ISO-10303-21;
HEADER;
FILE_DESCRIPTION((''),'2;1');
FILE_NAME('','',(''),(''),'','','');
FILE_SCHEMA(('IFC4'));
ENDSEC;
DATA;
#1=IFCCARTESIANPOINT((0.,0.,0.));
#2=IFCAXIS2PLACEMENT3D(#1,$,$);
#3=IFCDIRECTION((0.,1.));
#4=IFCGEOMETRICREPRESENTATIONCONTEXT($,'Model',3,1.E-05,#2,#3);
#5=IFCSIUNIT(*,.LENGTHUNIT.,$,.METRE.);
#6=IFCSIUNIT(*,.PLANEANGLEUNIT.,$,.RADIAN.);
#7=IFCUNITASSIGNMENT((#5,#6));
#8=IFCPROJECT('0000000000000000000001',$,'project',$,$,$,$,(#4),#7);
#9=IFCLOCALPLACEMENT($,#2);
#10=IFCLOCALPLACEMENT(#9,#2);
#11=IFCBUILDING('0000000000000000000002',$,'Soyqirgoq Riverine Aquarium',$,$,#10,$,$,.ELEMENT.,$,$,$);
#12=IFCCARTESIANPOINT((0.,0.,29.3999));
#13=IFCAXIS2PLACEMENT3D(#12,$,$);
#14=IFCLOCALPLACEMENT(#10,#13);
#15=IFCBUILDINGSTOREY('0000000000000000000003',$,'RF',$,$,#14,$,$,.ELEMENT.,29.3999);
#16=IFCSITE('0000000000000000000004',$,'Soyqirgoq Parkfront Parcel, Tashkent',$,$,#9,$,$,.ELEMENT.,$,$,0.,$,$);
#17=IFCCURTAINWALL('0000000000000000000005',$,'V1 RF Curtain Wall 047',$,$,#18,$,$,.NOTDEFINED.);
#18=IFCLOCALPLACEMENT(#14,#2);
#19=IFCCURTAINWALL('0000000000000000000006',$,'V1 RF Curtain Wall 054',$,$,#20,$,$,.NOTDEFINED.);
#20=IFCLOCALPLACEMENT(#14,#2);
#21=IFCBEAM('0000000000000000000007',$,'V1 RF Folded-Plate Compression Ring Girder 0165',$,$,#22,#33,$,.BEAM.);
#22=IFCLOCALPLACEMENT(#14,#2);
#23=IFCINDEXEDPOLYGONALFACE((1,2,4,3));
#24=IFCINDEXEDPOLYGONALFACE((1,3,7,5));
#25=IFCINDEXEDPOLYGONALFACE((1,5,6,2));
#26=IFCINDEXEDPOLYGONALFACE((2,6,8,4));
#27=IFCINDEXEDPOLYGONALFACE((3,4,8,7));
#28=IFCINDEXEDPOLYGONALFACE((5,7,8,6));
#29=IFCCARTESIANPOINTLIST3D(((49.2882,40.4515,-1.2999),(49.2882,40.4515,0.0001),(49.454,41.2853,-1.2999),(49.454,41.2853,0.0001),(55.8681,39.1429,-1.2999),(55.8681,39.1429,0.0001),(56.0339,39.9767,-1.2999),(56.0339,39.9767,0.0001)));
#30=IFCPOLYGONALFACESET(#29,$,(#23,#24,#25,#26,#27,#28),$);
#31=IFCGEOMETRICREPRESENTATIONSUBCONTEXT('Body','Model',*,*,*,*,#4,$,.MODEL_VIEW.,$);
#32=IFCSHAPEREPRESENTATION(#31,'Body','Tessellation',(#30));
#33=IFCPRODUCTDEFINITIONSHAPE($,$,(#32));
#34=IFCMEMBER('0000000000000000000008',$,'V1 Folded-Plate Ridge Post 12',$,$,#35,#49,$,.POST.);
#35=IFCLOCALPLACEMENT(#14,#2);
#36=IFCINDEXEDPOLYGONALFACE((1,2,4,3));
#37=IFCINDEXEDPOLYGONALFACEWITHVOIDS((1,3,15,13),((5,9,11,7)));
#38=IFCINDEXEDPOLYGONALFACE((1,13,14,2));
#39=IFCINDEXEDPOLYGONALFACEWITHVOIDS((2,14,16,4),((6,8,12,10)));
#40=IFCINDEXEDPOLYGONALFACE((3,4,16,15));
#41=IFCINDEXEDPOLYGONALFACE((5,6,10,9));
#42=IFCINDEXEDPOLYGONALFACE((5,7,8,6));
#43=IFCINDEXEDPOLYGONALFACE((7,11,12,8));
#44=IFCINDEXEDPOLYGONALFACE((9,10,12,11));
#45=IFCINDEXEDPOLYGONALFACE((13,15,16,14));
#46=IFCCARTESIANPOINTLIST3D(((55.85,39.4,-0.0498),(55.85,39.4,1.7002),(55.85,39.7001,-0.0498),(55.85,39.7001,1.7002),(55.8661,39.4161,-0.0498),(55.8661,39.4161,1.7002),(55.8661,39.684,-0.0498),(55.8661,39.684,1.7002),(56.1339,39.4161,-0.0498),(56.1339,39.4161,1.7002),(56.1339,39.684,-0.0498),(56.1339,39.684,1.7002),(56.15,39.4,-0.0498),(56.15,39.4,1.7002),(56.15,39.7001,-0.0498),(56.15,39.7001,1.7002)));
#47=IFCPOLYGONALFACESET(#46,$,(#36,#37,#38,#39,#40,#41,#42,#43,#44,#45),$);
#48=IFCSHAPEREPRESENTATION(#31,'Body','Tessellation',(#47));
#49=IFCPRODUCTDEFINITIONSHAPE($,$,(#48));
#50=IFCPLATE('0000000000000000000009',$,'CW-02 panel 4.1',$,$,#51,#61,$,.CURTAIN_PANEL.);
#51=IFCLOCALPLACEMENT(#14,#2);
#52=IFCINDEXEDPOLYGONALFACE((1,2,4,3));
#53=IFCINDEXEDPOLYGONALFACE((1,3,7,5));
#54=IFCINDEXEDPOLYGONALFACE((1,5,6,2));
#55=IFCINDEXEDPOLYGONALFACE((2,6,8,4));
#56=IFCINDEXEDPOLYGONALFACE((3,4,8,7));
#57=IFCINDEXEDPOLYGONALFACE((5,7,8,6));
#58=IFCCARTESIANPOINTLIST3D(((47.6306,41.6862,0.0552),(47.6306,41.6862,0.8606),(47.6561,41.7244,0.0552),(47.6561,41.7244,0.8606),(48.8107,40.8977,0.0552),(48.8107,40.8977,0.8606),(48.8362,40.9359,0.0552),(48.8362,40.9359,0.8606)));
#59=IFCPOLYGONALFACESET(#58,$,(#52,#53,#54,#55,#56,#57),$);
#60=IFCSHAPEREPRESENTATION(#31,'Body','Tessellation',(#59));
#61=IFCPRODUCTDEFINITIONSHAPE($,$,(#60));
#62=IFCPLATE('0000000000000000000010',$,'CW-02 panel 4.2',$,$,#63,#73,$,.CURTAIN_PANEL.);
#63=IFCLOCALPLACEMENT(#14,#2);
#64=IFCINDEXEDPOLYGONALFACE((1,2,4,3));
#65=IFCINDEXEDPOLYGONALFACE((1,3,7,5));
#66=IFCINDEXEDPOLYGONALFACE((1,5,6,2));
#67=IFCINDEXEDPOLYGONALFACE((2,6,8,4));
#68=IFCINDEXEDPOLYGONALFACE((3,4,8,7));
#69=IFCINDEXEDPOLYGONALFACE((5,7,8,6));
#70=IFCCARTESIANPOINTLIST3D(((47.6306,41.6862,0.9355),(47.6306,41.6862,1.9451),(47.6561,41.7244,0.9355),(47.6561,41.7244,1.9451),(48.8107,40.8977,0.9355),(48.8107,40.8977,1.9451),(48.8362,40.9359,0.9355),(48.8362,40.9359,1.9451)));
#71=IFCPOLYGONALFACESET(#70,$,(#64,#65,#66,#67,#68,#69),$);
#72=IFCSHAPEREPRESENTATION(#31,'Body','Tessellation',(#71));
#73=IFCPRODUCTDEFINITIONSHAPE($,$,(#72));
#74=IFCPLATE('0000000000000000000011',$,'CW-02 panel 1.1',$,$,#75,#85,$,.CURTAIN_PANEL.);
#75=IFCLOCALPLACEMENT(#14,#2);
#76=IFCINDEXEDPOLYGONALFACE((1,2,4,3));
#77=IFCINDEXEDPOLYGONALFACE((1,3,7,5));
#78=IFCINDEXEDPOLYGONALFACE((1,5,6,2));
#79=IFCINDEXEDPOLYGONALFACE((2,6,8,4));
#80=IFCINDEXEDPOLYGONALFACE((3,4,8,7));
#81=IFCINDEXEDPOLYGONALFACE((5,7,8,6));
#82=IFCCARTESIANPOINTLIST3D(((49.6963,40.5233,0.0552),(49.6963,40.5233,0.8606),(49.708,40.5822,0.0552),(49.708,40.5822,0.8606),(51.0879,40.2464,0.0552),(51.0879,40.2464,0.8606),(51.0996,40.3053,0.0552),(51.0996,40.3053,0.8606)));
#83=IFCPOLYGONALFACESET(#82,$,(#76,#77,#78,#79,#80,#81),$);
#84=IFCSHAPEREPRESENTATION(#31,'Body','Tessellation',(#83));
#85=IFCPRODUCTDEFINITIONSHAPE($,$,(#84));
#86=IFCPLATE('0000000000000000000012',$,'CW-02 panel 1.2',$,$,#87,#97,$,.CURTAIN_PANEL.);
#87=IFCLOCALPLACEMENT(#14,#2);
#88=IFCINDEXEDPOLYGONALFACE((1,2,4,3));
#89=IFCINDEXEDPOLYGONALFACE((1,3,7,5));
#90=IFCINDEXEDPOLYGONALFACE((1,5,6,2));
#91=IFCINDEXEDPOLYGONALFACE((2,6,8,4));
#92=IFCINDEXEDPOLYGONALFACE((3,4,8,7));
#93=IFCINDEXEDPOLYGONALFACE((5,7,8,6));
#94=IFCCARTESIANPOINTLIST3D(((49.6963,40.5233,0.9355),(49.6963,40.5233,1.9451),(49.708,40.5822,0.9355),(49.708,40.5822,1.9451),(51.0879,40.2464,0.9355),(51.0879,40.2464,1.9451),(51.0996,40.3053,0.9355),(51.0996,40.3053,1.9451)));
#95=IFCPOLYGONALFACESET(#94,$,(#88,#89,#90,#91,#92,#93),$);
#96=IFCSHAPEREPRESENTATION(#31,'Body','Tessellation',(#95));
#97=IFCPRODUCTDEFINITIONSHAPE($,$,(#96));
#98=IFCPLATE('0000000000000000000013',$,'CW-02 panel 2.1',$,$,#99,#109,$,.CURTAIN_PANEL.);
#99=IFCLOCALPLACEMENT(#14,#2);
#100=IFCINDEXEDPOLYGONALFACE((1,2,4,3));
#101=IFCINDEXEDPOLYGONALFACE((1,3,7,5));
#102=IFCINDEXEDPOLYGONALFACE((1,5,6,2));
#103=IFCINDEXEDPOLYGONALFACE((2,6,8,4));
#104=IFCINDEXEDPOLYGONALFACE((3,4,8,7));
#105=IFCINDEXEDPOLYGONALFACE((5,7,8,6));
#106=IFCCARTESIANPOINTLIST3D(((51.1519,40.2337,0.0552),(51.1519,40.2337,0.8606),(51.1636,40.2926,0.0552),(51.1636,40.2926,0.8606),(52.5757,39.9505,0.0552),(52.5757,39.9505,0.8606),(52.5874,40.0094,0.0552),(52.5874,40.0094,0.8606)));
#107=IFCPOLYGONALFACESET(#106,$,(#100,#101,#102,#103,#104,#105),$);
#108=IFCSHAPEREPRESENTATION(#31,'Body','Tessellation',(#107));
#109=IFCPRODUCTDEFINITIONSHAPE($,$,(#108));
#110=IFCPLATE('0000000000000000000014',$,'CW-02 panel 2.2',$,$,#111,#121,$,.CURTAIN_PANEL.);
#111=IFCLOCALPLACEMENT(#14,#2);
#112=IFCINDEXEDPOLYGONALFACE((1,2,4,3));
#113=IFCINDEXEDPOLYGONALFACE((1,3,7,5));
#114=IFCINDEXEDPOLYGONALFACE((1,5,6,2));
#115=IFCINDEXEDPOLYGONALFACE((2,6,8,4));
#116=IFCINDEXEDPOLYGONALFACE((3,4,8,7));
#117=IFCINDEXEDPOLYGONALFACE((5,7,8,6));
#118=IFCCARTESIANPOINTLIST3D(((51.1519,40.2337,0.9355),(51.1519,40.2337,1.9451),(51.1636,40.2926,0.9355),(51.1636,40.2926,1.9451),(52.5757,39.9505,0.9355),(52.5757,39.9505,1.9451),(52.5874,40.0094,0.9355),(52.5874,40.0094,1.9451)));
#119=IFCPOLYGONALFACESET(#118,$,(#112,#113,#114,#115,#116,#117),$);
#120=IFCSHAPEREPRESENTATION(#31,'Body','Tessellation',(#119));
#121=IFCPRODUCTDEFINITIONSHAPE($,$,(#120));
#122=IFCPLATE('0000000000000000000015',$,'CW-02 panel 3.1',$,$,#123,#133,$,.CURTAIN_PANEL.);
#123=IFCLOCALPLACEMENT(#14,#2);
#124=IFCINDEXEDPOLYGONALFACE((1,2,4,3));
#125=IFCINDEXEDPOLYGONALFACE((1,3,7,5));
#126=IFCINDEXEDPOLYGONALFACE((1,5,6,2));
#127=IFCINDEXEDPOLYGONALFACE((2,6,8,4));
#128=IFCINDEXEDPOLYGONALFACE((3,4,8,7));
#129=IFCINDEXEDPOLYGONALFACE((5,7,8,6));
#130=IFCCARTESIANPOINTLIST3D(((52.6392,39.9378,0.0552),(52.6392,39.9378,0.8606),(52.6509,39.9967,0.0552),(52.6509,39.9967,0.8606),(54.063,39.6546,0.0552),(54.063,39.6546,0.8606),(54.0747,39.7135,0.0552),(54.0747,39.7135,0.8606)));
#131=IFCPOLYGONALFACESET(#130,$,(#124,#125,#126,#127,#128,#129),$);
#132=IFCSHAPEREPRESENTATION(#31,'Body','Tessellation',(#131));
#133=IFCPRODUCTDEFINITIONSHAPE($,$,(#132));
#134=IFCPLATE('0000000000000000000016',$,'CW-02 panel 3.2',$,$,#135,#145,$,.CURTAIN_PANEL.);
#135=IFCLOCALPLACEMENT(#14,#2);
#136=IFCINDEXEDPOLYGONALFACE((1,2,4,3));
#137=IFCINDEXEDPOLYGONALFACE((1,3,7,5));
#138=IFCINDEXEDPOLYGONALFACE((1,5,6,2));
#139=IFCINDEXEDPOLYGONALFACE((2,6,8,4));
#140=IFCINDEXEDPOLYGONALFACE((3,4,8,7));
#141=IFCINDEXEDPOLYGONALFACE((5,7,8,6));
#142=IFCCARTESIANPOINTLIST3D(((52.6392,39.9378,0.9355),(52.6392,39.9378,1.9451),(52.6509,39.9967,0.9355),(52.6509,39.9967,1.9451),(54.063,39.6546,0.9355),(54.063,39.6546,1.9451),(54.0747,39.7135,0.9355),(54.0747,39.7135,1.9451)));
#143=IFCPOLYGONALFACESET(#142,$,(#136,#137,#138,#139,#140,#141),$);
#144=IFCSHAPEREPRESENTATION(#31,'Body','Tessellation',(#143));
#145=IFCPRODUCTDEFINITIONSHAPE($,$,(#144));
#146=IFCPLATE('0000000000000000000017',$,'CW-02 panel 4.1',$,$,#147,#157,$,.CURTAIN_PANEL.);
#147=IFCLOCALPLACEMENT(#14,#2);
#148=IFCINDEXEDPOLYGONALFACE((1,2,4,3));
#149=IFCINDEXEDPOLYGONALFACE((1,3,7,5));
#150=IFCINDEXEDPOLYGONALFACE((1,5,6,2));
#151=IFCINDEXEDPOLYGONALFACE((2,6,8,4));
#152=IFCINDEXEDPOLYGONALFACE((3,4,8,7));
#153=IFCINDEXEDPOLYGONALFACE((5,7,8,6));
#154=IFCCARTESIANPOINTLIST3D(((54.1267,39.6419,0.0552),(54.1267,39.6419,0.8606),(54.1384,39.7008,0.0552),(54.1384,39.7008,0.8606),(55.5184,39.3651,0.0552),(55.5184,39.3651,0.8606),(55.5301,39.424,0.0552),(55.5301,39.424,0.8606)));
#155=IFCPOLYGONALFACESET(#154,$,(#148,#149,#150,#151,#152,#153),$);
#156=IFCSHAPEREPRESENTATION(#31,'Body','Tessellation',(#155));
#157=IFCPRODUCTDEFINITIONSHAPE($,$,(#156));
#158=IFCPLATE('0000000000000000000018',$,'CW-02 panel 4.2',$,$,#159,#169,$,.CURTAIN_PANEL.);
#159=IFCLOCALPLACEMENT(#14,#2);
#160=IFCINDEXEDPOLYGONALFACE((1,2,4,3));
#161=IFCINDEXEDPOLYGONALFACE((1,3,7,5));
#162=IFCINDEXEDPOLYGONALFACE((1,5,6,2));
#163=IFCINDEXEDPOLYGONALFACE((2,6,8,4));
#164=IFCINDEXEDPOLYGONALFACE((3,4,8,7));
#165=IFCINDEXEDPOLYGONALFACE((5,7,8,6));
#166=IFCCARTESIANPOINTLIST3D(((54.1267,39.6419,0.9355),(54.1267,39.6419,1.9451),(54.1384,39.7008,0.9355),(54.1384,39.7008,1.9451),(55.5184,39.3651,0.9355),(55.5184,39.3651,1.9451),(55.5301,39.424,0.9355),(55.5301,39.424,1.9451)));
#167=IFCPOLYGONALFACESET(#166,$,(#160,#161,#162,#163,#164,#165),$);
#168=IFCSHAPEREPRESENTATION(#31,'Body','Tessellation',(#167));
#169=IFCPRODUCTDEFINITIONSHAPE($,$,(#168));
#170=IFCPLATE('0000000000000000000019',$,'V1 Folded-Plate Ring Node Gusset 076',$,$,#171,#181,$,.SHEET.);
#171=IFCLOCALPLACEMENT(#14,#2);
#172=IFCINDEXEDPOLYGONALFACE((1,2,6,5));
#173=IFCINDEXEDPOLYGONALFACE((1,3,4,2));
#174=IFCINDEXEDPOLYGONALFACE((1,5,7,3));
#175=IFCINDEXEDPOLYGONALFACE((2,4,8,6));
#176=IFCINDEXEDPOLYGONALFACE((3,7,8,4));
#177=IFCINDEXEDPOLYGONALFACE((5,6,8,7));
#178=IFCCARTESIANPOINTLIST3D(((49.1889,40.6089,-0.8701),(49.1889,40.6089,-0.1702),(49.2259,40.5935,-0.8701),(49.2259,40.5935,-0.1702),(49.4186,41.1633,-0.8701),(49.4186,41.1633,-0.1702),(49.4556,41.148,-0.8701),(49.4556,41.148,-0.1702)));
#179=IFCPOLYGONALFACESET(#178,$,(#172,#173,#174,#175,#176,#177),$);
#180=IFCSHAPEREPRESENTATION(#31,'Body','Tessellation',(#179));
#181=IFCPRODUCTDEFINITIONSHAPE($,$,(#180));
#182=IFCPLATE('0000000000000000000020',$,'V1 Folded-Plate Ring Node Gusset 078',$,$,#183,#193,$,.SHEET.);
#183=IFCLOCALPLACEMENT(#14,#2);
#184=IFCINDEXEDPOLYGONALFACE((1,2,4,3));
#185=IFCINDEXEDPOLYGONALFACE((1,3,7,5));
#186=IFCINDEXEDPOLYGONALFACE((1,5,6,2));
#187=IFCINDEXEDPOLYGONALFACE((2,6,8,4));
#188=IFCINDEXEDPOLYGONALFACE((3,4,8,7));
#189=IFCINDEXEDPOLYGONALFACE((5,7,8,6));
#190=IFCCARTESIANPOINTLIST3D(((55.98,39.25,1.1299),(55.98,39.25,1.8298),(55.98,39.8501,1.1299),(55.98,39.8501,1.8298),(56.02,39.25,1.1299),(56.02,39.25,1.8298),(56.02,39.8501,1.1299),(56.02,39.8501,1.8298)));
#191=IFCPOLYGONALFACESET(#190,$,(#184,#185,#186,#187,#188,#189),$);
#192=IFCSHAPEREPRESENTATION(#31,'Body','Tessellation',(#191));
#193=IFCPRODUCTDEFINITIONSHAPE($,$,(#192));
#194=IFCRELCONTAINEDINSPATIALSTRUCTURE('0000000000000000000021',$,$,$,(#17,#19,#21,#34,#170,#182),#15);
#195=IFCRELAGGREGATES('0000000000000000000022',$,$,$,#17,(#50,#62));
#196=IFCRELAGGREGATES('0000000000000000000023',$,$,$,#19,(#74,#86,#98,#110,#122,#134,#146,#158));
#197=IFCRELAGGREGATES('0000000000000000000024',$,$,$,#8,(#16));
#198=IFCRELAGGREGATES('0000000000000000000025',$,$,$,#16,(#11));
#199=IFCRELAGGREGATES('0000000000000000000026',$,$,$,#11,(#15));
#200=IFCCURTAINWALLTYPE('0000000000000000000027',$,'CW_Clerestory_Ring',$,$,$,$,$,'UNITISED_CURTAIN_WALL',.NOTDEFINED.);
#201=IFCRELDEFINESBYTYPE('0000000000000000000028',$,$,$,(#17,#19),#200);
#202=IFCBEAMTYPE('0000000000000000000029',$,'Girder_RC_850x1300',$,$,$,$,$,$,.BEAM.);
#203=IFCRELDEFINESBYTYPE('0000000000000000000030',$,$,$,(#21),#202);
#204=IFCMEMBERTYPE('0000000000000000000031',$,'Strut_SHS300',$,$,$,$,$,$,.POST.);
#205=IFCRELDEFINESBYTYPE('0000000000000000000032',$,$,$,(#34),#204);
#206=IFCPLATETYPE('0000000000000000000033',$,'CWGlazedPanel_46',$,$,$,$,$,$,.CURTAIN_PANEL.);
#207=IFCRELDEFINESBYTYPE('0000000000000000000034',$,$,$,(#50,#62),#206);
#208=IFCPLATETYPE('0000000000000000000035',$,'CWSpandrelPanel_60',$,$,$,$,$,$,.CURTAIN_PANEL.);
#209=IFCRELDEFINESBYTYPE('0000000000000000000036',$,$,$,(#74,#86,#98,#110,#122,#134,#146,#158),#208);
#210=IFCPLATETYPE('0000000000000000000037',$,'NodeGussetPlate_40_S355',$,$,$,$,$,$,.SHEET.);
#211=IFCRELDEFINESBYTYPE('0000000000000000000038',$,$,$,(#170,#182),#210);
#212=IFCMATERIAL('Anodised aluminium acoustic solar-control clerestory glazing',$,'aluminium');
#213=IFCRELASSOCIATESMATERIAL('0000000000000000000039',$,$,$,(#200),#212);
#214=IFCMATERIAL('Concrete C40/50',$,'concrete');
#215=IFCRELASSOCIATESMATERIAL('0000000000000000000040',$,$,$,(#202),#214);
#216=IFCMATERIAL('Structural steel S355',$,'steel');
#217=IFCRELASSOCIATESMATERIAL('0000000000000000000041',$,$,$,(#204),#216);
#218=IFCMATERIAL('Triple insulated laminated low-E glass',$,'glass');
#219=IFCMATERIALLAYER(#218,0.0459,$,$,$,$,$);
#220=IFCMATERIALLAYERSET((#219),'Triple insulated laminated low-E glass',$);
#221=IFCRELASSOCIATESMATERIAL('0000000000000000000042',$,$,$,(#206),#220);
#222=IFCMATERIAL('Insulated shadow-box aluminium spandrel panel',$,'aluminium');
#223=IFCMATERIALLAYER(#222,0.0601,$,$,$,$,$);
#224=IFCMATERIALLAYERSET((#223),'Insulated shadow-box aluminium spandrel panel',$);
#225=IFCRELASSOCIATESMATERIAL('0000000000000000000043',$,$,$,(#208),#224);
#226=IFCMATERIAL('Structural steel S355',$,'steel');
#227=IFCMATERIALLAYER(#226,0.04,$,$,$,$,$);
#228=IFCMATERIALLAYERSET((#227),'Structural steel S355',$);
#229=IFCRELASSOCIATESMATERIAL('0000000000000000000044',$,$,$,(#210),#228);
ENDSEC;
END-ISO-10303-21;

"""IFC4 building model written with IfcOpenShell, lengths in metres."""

from ifc_helpers import new_model, si_unit, direction, frame, origin, origin_2d, place, context, subcontext, project, spatial, rectangle, hollow_rectangle, extrude, material, layer, layer_set, material_profile, profile_set, type_object, element, aggregate, save


model = new_model("IFC4")

# Units and contexts
model_context = context("Model", 3, precision=1e-05, world=origin(), true_north=direction((0.0, 1.0)))
body_context = subcontext(model_context, "Body", "Model", "MODEL_VIEW")
ifc_project = project(units=[si_unit("LENGTHUNIT", "METRE"), si_unit("PLANEANGLEUNIT", "RADIAN")], contexts=[model_context])

# Site, building, storey
site_placement = place(None, origin())
site = spatial("IfcSite", under=ifc_project, at=site_placement, Name="Soyqirgoq Parkfront Parcel, Tashkent", CompositionType="ELEMENT", RefElevation=0.0)
building_placement = place(site_placement, origin())
building = spatial("IfcBuilding", under=site, at=building_placement, Name="Soyqirgoq Riverine Aquarium", CompositionType="ELEMENT")
storey_placement = place(building_placement, frame((0.0, 0.0, 29.3999)))
storey = spatial("IfcBuildingStorey", under=building, at=storey_placement, Name="RF", CompositionType="ELEMENT", Elevation=29.3999)

# Curtain wall
ifc_material_1 = material(Name="Anodised aluminium acoustic solar-control clerestory glazing", Category="aluminium")
curtain_wall_type = type_object("IfcCurtainWallType", Name="CW_Clerestory_Ring", ElementType="UNITISED_CURTAIN_WALL", PredefinedType="NOTDEFINED", material=ifc_material_1)
curtain_wall_1_placement = place(storey_placement, origin())
curtain_wall_1 = element("IfcCurtainWall", 1, at=curtain_wall_1_placement, inside=storey, type_object=curtain_wall_type, Name="V1 RF Curtain Wall 047", PredefinedType="NOTDEFINED")

# Curtain wall
curtain_wall_2_placement = place(storey_placement, origin())
curtain_wall_2 = element("IfcCurtainWall", 2, at=curtain_wall_2_placement, inside=storey, type_object=curtain_wall_type, Name="V1 RF Curtain Wall 054", PredefinedType="NOTDEFINED")

# Beam
ifc_material_2 = material(Name="Concrete C40/50", Category="concrete")
ifc_material_profile_1 = material_profile(ifc_material_2, rectangle(XDim=0.8501, YDim=1.3, at=origin_2d()), Name="RC 850x1300")
ifc_profile_set_1 = profile_set([ifc_material_profile_1], Name="Concrete C40/50")
beam_type = type_object("IfcBeamType", Name="Girder_RC_850x1300", PredefinedType="BEAM", material=ifc_profile_set_1)
beam_placement = place(storey_placement, frame((49.3711, 40.8684, -0.6499), z_axis=(0.980791, -0.195059, 0.0), x_axis=(0.195059, 0.980791, 0.0)))
element("IfcBeam", 3, at=beam_placement, inside=storey, type_object=beam_type, Name="V1 RF Folded-Plate Compression Ring Girder 0165", PredefinedType="BEAM", context=body_context, shape_type="SweptSolid", body=[
    extrude(rectangle(XDim=0.8501, YDim=1.3, at=origin_2d()), origin(), (0.0, 0.0, 1.0), 6.7087),
])

# Member
ifc_material_3 = material(Name="Structural steel S355", Category="steel")
ifc_material_profile_2 = material_profile(ifc_material_3, hollow_rectangle(XDim=0.3, YDim=0.3, WallThickness=0.0161, at=origin_2d()), Name="SHS 300x300x16")
ifc_profile_set_2 = profile_set([ifc_material_profile_2], Name="Structural steel S355")
member_type_1 = type_object("IfcMemberType", Name="Strut_SHS300", PredefinedType="POST", material=ifc_profile_set_2)
member_1_placement = place(storey_placement, frame((56.0, 39.55, -0.0498), z_axis=(0.0, 0.0, 1.0), x_axis=(0.0, -1.0, 0.0)))
element("IfcMember", 4, at=member_1_placement, inside=storey, type_object=member_type_1, Name="V1 Folded-Plate Ridge Post 12", PredefinedType="POST", context=body_context, shape_type="SweptSolid", body=[
    extrude(hollow_rectangle(XDim=0.3, YDim=0.3, WallThickness=0.0161, at=origin_2d()), origin(), (0.0, 0.0, 1.0), 1.75),
])

# Plates
ifc_material_4 = material(Name="Triple insulated laminated low-E glass", Category="glass")
ifc_layer_1 = layer(ifc_material_4, 0.0459)
ifc_layer_set_1 = layer_set([ifc_layer_1], Name="Triple insulated laminated low-E glass")
plate_type_1 = type_object("IfcPlateType", Name="CWGlazedPanel_46", PredefinedType="CURTAIN_PANEL", material=ifc_layer_set_1)
plate_1_placement = place(storey_placement, frame((48.2334, 41.311, 0.0552), z_axis=(0.0, 0.0, 1.0), x_axis=(0.831464, -0.555579, 0.0)))
plate_1 = element("IfcPlate", 5, at=plate_1_placement, type_object=plate_type_1, Name="CW-02 panel 4.1", PredefinedType="CURTAIN_PANEL", context=body_context, shape_type="SweptSolid", body=[
    extrude(rectangle(XDim=1.4192, YDim=0.0459, at=origin_2d()), origin(), (0.0, 0.0, 1.0), 0.8054),
])
plate_2_placement = place(storey_placement, frame((48.2334, 41.311, 0.9355), z_axis=(0.0, 0.0, 1.0), x_axis=(0.831464, -0.555579, 0.0)))
plate_2 = element("IfcPlate", 6, at=plate_2_placement, type_object=plate_type_1, Name="CW-02 panel 4.2", PredefinedType="CURTAIN_PANEL", context=body_context, shape_type="SweptSolid", body=[
    extrude(rectangle(XDim=1.4192, YDim=0.0459, at=origin_2d()), origin(), (0.0, 0.0, 1.0), 1.0095),
])
aggregate(curtain_wall_1, [plate_1, plate_2])
ifc_material_5 = material(Name="Insulated shadow-box aluminium spandrel panel", Category="aluminium")
ifc_layer_2 = layer(ifc_material_5, 0.0601)
ifc_layer_set_2 = layer_set([ifc_layer_2], Name="Insulated shadow-box aluminium spandrel panel")
plate_type_2 = type_object("IfcPlateType", Name="CWSpandrelPanel_60", PredefinedType="CURTAIN_PANEL", material=ifc_layer_set_2)
plate_3_placement = place(storey_placement, frame((50.3979, 40.4143, 0.0552), z_axis=(0.0, 0.0, 1.0), x_axis=(0.980784, -0.195095, 0.0)))
plate_3 = element("IfcPlate", 7, at=plate_3_placement, type_object=plate_type_2, Name="CW-02 panel 1.1", PredefinedType="CURTAIN_PANEL", context=body_context, shape_type="SweptSolid", body=[
    extrude(rectangle(XDim=1.4189, YDim=0.0601, at=origin_2d()), origin(), (0.0, 0.0, 1.0), 0.8054),
])
plate_4_placement = place(storey_placement, frame((50.3979, 40.4143, 0.9355), z_axis=(0.0, 0.0, 1.0), x_axis=(0.980784, -0.195095, 0.0)))
plate_4 = element("IfcPlate", 8, at=plate_4_placement, type_object=plate_type_2, Name="CW-02 panel 1.2", PredefinedType="CURTAIN_PANEL", context=body_context, shape_type="SweptSolid", body=[
    extrude(rectangle(XDim=1.4189, YDim=0.0601, at=origin_2d()), origin(), (0.0, 0.0, 1.0), 1.0095),
])
plate_5_placement = place(storey_placement, frame((51.8696, 40.1216, 0.0552), z_axis=(0.0, 0.0, 1.0), x_axis=(0.980784, -0.195095, 0.0)))
plate_5 = element("IfcPlate", 9, at=plate_5_placement, type_object=plate_type_2, Name="CW-02 panel 2.1", PredefinedType="CURTAIN_PANEL", context=body_context, shape_type="SweptSolid", body=[
    extrude(rectangle(XDim=1.4517, YDim=0.0601, at=origin_2d()), origin(), (0.0, 0.0, 1.0), 0.8054),
])
plate_6_placement = place(storey_placement, frame((51.8696, 40.1216, 0.9355), z_axis=(0.0, 0.0, 1.0), x_axis=(0.980784, -0.195095, 0.0)))
plate_6 = element("IfcPlate", 10, at=plate_6_placement, type_object=plate_type_2, Name="CW-02 panel 2.2", PredefinedType="CURTAIN_PANEL", context=body_context, shape_type="SweptSolid", body=[
    extrude(rectangle(XDim=1.4517, YDim=0.0601, at=origin_2d()), origin(), (0.0, 0.0, 1.0), 1.0095),
])
plate_7_placement = place(storey_placement, frame((53.3569, 39.8257, 0.0552), z_axis=(0.0, 0.0, 1.0), x_axis=(0.980784, -0.195095, 0.0)))
plate_7 = element("IfcPlate", 11, at=plate_7_placement, type_object=plate_type_2, Name="CW-02 panel 3.1", PredefinedType="CURTAIN_PANEL", context=body_context, shape_type="SweptSolid", body=[
    extrude(rectangle(XDim=1.4517, YDim=0.0601, at=origin_2d()), origin(), (0.0, 0.0, 1.0), 0.8054),
])
plate_8_placement = place(storey_placement, frame((53.3569, 39.8257, 0.9355), z_axis=(0.0, 0.0, 1.0), x_axis=(0.980784, -0.195095, 0.0)))
plate_8 = element("IfcPlate", 12, at=plate_8_placement, type_object=plate_type_2, Name="CW-02 panel 3.2", PredefinedType="CURTAIN_PANEL", context=body_context, shape_type="SweptSolid", body=[
    extrude(rectangle(XDim=1.4517, YDim=0.0601, at=origin_2d()), origin(), (0.0, 0.0, 1.0), 1.0095),
])
plate_9_placement = place(storey_placement, frame((54.8284, 39.533, 0.0552), z_axis=(0.0, 0.0, 1.0), x_axis=(0.980784, -0.195095, 0.0)))
plate_9 = element("IfcPlate", 13, at=plate_9_placement, type_object=plate_type_2, Name="CW-02 panel 4.1", PredefinedType="CURTAIN_PANEL", context=body_context, shape_type="SweptSolid", body=[
    extrude(rectangle(XDim=1.4189, YDim=0.0601, at=origin_2d()), origin(), (0.0, 0.0, 1.0), 0.8054),
])
plate_10_placement = place(storey_placement, frame((54.8284, 39.533, 0.9355), z_axis=(0.0, 0.0, 1.0), x_axis=(0.980784, -0.195095, 0.0)))
plate_10 = element("IfcPlate", 14, at=plate_10_placement, type_object=plate_type_2, Name="CW-02 panel 4.2", PredefinedType="CURTAIN_PANEL", context=body_context, shape_type="SweptSolid", body=[
    extrude(rectangle(XDim=1.4189, YDim=0.0601, at=origin_2d()), origin(), (0.0, 0.0, 1.0), 1.0095),
])
aggregate(curtain_wall_2, [plate_3, plate_4, plate_5, plate_6, plate_7, plate_8, plate_9, plate_10])

# Plates
ifc_material_6 = material(Name="Structural steel S355", Category="steel")
ifc_layer_3 = layer(ifc_material_6, 0.04)
ifc_layer_set_3 = layer_set([ifc_layer_3], Name="Structural steel S355")
plate_type_3 = type_object("IfcPlateType", Name="NodeGussetPlate_40_S355", PredefinedType="SHEET", material=ifc_layer_set_3)
for number, where, z_axis, x_axis, name in (
    (15, (49.3223, 40.8784, -0.8701), (0.0, 0.0, 1.0), (-0.382683, -0.92388, 0.0), "V1 Folded-Plate Ring Node Gusset 076"),
    (16, (56.0, 39.55, 1.1299), (0.0, 0.0, 1.0), (0.0, -1.0, 0.0), "V1 Folded-Plate Ring Node Gusset 078"),
):
    element("IfcPlate", number, at=place(storey_placement, frame(where, z_axis=z_axis, x_axis=x_axis)), inside=storey, type_object=plate_type_3, Name=name, PredefinedType="SHEET", context=body_context, shape_type="SweptSolid", body=[
        extrude(rectangle(XDim=0.6001, YDim=0.04, at=origin_2d()), origin(), (0.0, 0.0, 1.0), 0.7),
    ])

save(model, "model.ifc")
